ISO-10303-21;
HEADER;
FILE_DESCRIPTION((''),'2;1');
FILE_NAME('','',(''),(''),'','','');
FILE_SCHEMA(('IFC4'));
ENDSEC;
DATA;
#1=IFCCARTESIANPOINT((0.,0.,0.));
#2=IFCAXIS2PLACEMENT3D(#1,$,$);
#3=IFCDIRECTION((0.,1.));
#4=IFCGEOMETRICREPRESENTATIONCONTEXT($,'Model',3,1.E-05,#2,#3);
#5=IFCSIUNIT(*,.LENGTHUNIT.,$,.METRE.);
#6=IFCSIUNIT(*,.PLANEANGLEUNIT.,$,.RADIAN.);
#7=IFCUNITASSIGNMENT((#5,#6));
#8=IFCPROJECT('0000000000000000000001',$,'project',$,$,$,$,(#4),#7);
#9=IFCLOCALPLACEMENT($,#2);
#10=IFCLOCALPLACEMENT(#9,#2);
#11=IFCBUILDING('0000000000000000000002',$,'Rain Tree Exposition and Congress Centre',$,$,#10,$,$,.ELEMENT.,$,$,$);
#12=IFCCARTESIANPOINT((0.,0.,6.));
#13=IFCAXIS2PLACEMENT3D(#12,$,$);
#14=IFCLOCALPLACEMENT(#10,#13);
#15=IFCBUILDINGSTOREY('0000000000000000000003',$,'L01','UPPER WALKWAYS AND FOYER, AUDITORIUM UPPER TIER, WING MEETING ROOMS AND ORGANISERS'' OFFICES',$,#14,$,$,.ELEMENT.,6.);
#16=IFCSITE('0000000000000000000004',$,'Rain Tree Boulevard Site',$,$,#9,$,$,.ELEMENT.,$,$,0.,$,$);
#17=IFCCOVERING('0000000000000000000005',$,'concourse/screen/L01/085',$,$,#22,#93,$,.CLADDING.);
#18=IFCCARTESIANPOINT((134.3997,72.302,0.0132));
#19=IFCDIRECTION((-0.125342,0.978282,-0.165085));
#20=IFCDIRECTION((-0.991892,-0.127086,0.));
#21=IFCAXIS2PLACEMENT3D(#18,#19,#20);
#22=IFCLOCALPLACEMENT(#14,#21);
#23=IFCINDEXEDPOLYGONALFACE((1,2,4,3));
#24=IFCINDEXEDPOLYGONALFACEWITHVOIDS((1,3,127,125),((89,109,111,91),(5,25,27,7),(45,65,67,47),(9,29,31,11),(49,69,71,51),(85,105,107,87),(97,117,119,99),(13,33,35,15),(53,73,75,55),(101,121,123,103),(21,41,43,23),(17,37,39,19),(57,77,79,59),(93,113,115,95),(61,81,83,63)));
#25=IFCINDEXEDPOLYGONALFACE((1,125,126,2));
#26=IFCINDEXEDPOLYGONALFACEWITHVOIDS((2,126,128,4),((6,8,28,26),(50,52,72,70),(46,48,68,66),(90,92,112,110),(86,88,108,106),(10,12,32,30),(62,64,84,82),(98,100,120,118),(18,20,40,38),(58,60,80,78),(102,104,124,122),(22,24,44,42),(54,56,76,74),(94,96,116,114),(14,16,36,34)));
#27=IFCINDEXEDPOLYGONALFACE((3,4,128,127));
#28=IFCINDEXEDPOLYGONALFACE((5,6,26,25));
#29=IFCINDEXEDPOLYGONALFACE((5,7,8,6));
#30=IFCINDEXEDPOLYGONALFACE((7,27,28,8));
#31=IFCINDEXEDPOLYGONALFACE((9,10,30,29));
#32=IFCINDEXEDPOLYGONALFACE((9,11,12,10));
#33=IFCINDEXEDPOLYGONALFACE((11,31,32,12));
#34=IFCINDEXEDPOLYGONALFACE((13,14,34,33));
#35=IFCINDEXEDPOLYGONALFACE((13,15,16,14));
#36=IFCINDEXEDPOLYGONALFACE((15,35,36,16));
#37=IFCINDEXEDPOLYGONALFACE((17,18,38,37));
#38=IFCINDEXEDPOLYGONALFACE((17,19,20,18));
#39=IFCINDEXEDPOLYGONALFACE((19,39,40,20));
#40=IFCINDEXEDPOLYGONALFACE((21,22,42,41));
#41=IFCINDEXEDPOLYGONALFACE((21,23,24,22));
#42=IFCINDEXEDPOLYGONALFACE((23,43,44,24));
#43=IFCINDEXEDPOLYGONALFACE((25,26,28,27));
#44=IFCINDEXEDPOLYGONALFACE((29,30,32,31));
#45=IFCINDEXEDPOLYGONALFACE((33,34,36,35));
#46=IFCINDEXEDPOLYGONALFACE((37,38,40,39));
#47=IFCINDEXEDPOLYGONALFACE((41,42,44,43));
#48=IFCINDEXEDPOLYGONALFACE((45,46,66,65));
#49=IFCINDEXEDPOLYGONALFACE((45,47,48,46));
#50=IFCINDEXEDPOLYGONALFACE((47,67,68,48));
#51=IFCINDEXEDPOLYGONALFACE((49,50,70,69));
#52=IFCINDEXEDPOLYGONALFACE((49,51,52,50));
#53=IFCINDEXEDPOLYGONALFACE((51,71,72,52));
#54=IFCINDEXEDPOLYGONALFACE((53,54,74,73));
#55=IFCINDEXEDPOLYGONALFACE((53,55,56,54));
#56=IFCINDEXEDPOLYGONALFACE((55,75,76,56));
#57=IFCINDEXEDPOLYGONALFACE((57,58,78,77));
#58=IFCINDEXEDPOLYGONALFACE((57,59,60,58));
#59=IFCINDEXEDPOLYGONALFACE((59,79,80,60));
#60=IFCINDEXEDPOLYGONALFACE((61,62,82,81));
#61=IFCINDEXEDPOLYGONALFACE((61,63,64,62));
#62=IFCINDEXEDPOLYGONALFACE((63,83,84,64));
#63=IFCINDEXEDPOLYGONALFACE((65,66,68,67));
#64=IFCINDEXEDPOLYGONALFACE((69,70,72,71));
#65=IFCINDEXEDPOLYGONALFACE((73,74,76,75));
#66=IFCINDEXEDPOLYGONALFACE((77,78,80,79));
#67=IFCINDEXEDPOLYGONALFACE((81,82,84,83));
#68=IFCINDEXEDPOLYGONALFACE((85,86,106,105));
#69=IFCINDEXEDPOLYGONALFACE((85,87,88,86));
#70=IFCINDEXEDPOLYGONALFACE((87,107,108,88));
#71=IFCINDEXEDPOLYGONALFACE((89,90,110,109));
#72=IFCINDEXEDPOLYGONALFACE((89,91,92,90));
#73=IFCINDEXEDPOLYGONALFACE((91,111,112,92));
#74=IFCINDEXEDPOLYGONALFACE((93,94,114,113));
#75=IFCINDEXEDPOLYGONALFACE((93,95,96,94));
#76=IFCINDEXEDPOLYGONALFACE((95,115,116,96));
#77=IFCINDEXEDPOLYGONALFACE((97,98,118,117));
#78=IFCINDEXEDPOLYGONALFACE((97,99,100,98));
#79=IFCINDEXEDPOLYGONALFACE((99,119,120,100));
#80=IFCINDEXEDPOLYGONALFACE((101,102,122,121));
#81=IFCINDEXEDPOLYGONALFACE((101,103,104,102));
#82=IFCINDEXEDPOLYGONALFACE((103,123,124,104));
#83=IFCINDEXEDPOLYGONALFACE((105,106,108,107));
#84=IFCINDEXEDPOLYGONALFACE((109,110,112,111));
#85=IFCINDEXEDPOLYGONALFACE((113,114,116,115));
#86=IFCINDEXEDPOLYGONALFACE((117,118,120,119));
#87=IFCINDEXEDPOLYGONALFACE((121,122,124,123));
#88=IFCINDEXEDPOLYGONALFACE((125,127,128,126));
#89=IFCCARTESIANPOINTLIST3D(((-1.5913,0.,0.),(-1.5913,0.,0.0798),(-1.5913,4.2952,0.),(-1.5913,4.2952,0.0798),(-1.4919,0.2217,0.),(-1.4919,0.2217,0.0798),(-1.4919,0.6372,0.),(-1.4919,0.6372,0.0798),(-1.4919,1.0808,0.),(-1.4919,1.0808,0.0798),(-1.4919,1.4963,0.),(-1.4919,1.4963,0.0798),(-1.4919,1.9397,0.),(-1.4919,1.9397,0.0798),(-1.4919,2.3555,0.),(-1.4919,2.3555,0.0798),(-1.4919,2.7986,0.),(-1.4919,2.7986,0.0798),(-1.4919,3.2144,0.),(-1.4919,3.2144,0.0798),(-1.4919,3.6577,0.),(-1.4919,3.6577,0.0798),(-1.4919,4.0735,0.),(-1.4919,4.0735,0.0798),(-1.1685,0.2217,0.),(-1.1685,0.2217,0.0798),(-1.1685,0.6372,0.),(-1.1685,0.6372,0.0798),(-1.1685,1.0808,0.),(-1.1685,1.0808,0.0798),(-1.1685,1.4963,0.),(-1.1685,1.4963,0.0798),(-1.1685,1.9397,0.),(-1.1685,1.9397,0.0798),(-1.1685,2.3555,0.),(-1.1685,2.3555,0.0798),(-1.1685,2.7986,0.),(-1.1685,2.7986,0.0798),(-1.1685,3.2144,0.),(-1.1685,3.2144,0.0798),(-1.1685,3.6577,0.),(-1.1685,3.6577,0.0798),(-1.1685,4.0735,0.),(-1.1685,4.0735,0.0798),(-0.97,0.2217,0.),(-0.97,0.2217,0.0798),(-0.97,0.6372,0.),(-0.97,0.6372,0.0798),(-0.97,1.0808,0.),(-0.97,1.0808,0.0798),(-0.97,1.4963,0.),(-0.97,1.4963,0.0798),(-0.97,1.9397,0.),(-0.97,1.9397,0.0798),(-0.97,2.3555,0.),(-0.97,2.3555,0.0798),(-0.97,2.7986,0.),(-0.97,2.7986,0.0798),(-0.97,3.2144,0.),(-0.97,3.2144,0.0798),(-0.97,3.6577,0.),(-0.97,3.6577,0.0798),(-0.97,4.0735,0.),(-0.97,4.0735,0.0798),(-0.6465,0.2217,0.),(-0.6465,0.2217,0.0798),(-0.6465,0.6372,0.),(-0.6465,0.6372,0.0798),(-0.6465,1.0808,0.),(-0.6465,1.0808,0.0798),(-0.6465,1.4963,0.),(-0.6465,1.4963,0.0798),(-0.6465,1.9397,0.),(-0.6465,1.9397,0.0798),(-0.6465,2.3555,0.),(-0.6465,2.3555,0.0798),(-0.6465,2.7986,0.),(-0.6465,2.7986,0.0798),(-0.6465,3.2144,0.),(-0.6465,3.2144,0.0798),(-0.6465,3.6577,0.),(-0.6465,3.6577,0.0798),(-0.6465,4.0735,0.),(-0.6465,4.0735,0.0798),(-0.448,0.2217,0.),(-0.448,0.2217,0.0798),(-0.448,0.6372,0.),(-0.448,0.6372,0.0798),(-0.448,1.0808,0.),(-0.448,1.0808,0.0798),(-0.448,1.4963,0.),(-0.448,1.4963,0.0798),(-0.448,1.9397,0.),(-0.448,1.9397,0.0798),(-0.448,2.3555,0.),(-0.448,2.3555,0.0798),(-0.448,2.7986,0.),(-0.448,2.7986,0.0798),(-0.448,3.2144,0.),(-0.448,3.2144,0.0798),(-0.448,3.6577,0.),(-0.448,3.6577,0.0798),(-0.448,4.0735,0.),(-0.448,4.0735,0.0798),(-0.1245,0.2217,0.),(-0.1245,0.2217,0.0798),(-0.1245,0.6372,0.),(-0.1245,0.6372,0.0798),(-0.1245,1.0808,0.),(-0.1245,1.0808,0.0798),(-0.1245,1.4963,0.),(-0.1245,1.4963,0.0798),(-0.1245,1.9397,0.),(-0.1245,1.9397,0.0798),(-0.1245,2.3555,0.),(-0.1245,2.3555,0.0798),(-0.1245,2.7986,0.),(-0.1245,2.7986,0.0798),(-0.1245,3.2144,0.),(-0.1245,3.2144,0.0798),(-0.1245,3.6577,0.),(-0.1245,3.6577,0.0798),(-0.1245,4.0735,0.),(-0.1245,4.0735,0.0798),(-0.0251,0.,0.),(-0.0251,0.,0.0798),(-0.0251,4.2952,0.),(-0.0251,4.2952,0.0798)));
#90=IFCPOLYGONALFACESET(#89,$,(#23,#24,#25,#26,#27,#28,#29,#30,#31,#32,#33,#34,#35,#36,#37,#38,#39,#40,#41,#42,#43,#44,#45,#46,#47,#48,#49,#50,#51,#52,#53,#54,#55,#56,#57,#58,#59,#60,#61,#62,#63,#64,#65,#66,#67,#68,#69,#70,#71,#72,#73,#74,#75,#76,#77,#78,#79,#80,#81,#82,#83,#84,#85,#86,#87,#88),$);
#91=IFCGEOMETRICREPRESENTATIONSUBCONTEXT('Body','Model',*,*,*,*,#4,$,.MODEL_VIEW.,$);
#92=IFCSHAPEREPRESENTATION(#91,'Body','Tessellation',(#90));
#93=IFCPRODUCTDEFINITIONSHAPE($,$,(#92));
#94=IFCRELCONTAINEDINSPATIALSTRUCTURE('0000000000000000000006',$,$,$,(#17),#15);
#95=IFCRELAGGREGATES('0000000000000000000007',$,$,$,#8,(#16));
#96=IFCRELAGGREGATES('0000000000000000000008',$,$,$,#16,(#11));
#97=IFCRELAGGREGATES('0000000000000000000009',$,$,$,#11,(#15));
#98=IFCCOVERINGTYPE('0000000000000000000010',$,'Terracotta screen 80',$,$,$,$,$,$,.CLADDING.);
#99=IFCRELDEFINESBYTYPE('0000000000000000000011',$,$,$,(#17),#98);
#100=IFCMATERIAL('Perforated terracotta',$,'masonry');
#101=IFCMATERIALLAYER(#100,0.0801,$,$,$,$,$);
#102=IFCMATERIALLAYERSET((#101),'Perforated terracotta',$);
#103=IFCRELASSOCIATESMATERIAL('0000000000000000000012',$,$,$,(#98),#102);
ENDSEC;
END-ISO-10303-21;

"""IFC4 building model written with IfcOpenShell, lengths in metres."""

from ifc_helpers import new_model, si_unit, direction, frame, origin, place, context, subcontext, project, spatial, polyline, outline, extrude, material, layer, layer_set, type_object, element, save


model = new_model("IFC4")

# Units and contexts
model_context = context("Model", 3, precision=1e-05, world=origin(), true_north=direction((0.0, 1.0)))
body_context = subcontext(model_context, "Body", "Model", "MODEL_VIEW")
ifc_project = project(units=[si_unit("LENGTHUNIT", "METRE"), si_unit("PLANEANGLEUNIT", "RADIAN")], contexts=[model_context])

# Site, building, storey
site_placement = place(None, origin())
site = spatial("IfcSite", under=ifc_project, at=site_placement, Name="Rain Tree Boulevard Site", CompositionType="ELEMENT", RefElevation=0.0)
building_placement = place(site_placement, origin())
building = spatial("IfcBuilding", under=site, at=building_placement, Name="Rain Tree Exposition and Congress Centre", CompositionType="ELEMENT")
storey_placement = place(building_placement, frame((0.0, 0.0, 6.0)))
storey = spatial("IfcBuildingStorey", under=building, at=storey_placement, Name="L01", Description="UPPER WALKWAYS AND FOYER, AUDITORIUM UPPER TIER, WING MEETING ROOMS AND ORGANISERS' OFFICES", CompositionType="ELEMENT", Elevation=6.0)

# Covering
ifc_material_1 = material(Name="Perforated terracotta", Category="masonry")
ifc_layer_1 = layer(ifc_material_1, 0.0801)
ifc_layer_set_1 = layer_set([ifc_layer_1], Name="Perforated terracotta")
covering_type = type_object("IfcCoveringType", Name="Terracotta screen 80", PredefinedType="CLADDING", material=ifc_layer_set_1)
covering_1_placement = place(storey_placement, frame((134.3997, 72.302, 0.0132), z_axis=(-0.125342, 0.978282, -0.165085), x_axis=(-0.991892, -0.127086, 0.0)))
element("IfcCovering", 1, at=covering_1_placement, inside=storey, type_object=covering_type, Name="concourse/screen/L01/085", PredefinedType="CLADDING", context=body_context, shape_type="SweptSolid", body=[
    extrude(outline(polyline([(-1.5913, 0.0), (-1.5913, 4.2952), (-0.0251, 4.2952), (-0.0251, 0.0), (-1.5913, 0.0)]), holes=[polyline([(-0.1245, 0.2217), (-0.1245, 0.6372), (-0.448, 0.6372), (-0.448, 0.2217), (-0.1245, 0.2217)]), polyline([(-0.1245, 1.0808), (-0.1245, 1.4963), (-0.448, 1.4963), (-0.448, 1.0808), (-0.1245, 1.0808)]), polyline([(-0.1245, 1.9397), (-0.1245, 2.3555), (-0.448, 2.3555), (-0.448, 1.9397), (-0.1245, 1.9397)]), polyline([(-0.1245, 2.7986), (-0.1245, 3.2144), (-0.448, 3.2144), (-0.448, 2.7986), (-0.1245, 2.7986)]), polyline([(-0.1245, 3.6577), (-0.1245, 4.0735), (-0.448, 4.0735), (-0.448, 3.6577), (-0.1245, 3.6577)]), polyline([(-0.6465, 0.2217), (-0.6465, 0.6372), (-0.97, 0.6372), (-0.97, 0.2217), (-0.6465, 0.2217)]), polyline([(-0.6465, 1.0808), (-0.6465, 1.4963), (-0.97, 1.4963), (-0.97, 1.0808), (-0.6465, 1.0808)]), polyline([(-0.6465, 1.9397), (-0.6465, 2.3555), (-0.97, 2.3555), (-0.97, 1.9397), (-0.6465, 1.9397)]), polyline([(-0.6465, 2.7986), (-0.6465, 3.2144), (-0.97, 3.2144), (-0.97, 2.7986), (-0.6465, 2.7986)]), polyline([(-0.6465, 3.6577), (-0.6465, 4.0735), (-0.97, 4.0735), (-0.97, 3.6577), (-0.6465, 3.6577)]), polyline([(-1.1685, 0.2217), (-1.1685, 0.6372), (-1.4919, 0.6372), (-1.4919, 0.2217), (-1.1685, 0.2217)]), polyline([(-1.1685, 1.0808), (-1.1685, 1.4963), (-1.4919, 1.4963), (-1.4919, 1.0808), (-1.1685, 1.0808)]), polyline([(-1.1685, 1.9397), (-1.1685, 2.3555), (-1.4919, 2.3555), (-1.4919, 1.9397), (-1.1685, 1.9397)]), polyline([(-1.1685, 2.7986), (-1.1685, 3.2144), (-1.4919, 3.2144), (-1.4919, 2.7986), (-1.1685, 2.7986)]), polyline([(-1.1685, 3.6577), (-1.1685, 4.0735), (-1.4919, 4.0735), (-1.4919, 3.6577), (-1.1685, 3.6577)])]), origin(), (0.0, 0.0, 1.0), 0.0798),
])

save(model, "model.ifc")
